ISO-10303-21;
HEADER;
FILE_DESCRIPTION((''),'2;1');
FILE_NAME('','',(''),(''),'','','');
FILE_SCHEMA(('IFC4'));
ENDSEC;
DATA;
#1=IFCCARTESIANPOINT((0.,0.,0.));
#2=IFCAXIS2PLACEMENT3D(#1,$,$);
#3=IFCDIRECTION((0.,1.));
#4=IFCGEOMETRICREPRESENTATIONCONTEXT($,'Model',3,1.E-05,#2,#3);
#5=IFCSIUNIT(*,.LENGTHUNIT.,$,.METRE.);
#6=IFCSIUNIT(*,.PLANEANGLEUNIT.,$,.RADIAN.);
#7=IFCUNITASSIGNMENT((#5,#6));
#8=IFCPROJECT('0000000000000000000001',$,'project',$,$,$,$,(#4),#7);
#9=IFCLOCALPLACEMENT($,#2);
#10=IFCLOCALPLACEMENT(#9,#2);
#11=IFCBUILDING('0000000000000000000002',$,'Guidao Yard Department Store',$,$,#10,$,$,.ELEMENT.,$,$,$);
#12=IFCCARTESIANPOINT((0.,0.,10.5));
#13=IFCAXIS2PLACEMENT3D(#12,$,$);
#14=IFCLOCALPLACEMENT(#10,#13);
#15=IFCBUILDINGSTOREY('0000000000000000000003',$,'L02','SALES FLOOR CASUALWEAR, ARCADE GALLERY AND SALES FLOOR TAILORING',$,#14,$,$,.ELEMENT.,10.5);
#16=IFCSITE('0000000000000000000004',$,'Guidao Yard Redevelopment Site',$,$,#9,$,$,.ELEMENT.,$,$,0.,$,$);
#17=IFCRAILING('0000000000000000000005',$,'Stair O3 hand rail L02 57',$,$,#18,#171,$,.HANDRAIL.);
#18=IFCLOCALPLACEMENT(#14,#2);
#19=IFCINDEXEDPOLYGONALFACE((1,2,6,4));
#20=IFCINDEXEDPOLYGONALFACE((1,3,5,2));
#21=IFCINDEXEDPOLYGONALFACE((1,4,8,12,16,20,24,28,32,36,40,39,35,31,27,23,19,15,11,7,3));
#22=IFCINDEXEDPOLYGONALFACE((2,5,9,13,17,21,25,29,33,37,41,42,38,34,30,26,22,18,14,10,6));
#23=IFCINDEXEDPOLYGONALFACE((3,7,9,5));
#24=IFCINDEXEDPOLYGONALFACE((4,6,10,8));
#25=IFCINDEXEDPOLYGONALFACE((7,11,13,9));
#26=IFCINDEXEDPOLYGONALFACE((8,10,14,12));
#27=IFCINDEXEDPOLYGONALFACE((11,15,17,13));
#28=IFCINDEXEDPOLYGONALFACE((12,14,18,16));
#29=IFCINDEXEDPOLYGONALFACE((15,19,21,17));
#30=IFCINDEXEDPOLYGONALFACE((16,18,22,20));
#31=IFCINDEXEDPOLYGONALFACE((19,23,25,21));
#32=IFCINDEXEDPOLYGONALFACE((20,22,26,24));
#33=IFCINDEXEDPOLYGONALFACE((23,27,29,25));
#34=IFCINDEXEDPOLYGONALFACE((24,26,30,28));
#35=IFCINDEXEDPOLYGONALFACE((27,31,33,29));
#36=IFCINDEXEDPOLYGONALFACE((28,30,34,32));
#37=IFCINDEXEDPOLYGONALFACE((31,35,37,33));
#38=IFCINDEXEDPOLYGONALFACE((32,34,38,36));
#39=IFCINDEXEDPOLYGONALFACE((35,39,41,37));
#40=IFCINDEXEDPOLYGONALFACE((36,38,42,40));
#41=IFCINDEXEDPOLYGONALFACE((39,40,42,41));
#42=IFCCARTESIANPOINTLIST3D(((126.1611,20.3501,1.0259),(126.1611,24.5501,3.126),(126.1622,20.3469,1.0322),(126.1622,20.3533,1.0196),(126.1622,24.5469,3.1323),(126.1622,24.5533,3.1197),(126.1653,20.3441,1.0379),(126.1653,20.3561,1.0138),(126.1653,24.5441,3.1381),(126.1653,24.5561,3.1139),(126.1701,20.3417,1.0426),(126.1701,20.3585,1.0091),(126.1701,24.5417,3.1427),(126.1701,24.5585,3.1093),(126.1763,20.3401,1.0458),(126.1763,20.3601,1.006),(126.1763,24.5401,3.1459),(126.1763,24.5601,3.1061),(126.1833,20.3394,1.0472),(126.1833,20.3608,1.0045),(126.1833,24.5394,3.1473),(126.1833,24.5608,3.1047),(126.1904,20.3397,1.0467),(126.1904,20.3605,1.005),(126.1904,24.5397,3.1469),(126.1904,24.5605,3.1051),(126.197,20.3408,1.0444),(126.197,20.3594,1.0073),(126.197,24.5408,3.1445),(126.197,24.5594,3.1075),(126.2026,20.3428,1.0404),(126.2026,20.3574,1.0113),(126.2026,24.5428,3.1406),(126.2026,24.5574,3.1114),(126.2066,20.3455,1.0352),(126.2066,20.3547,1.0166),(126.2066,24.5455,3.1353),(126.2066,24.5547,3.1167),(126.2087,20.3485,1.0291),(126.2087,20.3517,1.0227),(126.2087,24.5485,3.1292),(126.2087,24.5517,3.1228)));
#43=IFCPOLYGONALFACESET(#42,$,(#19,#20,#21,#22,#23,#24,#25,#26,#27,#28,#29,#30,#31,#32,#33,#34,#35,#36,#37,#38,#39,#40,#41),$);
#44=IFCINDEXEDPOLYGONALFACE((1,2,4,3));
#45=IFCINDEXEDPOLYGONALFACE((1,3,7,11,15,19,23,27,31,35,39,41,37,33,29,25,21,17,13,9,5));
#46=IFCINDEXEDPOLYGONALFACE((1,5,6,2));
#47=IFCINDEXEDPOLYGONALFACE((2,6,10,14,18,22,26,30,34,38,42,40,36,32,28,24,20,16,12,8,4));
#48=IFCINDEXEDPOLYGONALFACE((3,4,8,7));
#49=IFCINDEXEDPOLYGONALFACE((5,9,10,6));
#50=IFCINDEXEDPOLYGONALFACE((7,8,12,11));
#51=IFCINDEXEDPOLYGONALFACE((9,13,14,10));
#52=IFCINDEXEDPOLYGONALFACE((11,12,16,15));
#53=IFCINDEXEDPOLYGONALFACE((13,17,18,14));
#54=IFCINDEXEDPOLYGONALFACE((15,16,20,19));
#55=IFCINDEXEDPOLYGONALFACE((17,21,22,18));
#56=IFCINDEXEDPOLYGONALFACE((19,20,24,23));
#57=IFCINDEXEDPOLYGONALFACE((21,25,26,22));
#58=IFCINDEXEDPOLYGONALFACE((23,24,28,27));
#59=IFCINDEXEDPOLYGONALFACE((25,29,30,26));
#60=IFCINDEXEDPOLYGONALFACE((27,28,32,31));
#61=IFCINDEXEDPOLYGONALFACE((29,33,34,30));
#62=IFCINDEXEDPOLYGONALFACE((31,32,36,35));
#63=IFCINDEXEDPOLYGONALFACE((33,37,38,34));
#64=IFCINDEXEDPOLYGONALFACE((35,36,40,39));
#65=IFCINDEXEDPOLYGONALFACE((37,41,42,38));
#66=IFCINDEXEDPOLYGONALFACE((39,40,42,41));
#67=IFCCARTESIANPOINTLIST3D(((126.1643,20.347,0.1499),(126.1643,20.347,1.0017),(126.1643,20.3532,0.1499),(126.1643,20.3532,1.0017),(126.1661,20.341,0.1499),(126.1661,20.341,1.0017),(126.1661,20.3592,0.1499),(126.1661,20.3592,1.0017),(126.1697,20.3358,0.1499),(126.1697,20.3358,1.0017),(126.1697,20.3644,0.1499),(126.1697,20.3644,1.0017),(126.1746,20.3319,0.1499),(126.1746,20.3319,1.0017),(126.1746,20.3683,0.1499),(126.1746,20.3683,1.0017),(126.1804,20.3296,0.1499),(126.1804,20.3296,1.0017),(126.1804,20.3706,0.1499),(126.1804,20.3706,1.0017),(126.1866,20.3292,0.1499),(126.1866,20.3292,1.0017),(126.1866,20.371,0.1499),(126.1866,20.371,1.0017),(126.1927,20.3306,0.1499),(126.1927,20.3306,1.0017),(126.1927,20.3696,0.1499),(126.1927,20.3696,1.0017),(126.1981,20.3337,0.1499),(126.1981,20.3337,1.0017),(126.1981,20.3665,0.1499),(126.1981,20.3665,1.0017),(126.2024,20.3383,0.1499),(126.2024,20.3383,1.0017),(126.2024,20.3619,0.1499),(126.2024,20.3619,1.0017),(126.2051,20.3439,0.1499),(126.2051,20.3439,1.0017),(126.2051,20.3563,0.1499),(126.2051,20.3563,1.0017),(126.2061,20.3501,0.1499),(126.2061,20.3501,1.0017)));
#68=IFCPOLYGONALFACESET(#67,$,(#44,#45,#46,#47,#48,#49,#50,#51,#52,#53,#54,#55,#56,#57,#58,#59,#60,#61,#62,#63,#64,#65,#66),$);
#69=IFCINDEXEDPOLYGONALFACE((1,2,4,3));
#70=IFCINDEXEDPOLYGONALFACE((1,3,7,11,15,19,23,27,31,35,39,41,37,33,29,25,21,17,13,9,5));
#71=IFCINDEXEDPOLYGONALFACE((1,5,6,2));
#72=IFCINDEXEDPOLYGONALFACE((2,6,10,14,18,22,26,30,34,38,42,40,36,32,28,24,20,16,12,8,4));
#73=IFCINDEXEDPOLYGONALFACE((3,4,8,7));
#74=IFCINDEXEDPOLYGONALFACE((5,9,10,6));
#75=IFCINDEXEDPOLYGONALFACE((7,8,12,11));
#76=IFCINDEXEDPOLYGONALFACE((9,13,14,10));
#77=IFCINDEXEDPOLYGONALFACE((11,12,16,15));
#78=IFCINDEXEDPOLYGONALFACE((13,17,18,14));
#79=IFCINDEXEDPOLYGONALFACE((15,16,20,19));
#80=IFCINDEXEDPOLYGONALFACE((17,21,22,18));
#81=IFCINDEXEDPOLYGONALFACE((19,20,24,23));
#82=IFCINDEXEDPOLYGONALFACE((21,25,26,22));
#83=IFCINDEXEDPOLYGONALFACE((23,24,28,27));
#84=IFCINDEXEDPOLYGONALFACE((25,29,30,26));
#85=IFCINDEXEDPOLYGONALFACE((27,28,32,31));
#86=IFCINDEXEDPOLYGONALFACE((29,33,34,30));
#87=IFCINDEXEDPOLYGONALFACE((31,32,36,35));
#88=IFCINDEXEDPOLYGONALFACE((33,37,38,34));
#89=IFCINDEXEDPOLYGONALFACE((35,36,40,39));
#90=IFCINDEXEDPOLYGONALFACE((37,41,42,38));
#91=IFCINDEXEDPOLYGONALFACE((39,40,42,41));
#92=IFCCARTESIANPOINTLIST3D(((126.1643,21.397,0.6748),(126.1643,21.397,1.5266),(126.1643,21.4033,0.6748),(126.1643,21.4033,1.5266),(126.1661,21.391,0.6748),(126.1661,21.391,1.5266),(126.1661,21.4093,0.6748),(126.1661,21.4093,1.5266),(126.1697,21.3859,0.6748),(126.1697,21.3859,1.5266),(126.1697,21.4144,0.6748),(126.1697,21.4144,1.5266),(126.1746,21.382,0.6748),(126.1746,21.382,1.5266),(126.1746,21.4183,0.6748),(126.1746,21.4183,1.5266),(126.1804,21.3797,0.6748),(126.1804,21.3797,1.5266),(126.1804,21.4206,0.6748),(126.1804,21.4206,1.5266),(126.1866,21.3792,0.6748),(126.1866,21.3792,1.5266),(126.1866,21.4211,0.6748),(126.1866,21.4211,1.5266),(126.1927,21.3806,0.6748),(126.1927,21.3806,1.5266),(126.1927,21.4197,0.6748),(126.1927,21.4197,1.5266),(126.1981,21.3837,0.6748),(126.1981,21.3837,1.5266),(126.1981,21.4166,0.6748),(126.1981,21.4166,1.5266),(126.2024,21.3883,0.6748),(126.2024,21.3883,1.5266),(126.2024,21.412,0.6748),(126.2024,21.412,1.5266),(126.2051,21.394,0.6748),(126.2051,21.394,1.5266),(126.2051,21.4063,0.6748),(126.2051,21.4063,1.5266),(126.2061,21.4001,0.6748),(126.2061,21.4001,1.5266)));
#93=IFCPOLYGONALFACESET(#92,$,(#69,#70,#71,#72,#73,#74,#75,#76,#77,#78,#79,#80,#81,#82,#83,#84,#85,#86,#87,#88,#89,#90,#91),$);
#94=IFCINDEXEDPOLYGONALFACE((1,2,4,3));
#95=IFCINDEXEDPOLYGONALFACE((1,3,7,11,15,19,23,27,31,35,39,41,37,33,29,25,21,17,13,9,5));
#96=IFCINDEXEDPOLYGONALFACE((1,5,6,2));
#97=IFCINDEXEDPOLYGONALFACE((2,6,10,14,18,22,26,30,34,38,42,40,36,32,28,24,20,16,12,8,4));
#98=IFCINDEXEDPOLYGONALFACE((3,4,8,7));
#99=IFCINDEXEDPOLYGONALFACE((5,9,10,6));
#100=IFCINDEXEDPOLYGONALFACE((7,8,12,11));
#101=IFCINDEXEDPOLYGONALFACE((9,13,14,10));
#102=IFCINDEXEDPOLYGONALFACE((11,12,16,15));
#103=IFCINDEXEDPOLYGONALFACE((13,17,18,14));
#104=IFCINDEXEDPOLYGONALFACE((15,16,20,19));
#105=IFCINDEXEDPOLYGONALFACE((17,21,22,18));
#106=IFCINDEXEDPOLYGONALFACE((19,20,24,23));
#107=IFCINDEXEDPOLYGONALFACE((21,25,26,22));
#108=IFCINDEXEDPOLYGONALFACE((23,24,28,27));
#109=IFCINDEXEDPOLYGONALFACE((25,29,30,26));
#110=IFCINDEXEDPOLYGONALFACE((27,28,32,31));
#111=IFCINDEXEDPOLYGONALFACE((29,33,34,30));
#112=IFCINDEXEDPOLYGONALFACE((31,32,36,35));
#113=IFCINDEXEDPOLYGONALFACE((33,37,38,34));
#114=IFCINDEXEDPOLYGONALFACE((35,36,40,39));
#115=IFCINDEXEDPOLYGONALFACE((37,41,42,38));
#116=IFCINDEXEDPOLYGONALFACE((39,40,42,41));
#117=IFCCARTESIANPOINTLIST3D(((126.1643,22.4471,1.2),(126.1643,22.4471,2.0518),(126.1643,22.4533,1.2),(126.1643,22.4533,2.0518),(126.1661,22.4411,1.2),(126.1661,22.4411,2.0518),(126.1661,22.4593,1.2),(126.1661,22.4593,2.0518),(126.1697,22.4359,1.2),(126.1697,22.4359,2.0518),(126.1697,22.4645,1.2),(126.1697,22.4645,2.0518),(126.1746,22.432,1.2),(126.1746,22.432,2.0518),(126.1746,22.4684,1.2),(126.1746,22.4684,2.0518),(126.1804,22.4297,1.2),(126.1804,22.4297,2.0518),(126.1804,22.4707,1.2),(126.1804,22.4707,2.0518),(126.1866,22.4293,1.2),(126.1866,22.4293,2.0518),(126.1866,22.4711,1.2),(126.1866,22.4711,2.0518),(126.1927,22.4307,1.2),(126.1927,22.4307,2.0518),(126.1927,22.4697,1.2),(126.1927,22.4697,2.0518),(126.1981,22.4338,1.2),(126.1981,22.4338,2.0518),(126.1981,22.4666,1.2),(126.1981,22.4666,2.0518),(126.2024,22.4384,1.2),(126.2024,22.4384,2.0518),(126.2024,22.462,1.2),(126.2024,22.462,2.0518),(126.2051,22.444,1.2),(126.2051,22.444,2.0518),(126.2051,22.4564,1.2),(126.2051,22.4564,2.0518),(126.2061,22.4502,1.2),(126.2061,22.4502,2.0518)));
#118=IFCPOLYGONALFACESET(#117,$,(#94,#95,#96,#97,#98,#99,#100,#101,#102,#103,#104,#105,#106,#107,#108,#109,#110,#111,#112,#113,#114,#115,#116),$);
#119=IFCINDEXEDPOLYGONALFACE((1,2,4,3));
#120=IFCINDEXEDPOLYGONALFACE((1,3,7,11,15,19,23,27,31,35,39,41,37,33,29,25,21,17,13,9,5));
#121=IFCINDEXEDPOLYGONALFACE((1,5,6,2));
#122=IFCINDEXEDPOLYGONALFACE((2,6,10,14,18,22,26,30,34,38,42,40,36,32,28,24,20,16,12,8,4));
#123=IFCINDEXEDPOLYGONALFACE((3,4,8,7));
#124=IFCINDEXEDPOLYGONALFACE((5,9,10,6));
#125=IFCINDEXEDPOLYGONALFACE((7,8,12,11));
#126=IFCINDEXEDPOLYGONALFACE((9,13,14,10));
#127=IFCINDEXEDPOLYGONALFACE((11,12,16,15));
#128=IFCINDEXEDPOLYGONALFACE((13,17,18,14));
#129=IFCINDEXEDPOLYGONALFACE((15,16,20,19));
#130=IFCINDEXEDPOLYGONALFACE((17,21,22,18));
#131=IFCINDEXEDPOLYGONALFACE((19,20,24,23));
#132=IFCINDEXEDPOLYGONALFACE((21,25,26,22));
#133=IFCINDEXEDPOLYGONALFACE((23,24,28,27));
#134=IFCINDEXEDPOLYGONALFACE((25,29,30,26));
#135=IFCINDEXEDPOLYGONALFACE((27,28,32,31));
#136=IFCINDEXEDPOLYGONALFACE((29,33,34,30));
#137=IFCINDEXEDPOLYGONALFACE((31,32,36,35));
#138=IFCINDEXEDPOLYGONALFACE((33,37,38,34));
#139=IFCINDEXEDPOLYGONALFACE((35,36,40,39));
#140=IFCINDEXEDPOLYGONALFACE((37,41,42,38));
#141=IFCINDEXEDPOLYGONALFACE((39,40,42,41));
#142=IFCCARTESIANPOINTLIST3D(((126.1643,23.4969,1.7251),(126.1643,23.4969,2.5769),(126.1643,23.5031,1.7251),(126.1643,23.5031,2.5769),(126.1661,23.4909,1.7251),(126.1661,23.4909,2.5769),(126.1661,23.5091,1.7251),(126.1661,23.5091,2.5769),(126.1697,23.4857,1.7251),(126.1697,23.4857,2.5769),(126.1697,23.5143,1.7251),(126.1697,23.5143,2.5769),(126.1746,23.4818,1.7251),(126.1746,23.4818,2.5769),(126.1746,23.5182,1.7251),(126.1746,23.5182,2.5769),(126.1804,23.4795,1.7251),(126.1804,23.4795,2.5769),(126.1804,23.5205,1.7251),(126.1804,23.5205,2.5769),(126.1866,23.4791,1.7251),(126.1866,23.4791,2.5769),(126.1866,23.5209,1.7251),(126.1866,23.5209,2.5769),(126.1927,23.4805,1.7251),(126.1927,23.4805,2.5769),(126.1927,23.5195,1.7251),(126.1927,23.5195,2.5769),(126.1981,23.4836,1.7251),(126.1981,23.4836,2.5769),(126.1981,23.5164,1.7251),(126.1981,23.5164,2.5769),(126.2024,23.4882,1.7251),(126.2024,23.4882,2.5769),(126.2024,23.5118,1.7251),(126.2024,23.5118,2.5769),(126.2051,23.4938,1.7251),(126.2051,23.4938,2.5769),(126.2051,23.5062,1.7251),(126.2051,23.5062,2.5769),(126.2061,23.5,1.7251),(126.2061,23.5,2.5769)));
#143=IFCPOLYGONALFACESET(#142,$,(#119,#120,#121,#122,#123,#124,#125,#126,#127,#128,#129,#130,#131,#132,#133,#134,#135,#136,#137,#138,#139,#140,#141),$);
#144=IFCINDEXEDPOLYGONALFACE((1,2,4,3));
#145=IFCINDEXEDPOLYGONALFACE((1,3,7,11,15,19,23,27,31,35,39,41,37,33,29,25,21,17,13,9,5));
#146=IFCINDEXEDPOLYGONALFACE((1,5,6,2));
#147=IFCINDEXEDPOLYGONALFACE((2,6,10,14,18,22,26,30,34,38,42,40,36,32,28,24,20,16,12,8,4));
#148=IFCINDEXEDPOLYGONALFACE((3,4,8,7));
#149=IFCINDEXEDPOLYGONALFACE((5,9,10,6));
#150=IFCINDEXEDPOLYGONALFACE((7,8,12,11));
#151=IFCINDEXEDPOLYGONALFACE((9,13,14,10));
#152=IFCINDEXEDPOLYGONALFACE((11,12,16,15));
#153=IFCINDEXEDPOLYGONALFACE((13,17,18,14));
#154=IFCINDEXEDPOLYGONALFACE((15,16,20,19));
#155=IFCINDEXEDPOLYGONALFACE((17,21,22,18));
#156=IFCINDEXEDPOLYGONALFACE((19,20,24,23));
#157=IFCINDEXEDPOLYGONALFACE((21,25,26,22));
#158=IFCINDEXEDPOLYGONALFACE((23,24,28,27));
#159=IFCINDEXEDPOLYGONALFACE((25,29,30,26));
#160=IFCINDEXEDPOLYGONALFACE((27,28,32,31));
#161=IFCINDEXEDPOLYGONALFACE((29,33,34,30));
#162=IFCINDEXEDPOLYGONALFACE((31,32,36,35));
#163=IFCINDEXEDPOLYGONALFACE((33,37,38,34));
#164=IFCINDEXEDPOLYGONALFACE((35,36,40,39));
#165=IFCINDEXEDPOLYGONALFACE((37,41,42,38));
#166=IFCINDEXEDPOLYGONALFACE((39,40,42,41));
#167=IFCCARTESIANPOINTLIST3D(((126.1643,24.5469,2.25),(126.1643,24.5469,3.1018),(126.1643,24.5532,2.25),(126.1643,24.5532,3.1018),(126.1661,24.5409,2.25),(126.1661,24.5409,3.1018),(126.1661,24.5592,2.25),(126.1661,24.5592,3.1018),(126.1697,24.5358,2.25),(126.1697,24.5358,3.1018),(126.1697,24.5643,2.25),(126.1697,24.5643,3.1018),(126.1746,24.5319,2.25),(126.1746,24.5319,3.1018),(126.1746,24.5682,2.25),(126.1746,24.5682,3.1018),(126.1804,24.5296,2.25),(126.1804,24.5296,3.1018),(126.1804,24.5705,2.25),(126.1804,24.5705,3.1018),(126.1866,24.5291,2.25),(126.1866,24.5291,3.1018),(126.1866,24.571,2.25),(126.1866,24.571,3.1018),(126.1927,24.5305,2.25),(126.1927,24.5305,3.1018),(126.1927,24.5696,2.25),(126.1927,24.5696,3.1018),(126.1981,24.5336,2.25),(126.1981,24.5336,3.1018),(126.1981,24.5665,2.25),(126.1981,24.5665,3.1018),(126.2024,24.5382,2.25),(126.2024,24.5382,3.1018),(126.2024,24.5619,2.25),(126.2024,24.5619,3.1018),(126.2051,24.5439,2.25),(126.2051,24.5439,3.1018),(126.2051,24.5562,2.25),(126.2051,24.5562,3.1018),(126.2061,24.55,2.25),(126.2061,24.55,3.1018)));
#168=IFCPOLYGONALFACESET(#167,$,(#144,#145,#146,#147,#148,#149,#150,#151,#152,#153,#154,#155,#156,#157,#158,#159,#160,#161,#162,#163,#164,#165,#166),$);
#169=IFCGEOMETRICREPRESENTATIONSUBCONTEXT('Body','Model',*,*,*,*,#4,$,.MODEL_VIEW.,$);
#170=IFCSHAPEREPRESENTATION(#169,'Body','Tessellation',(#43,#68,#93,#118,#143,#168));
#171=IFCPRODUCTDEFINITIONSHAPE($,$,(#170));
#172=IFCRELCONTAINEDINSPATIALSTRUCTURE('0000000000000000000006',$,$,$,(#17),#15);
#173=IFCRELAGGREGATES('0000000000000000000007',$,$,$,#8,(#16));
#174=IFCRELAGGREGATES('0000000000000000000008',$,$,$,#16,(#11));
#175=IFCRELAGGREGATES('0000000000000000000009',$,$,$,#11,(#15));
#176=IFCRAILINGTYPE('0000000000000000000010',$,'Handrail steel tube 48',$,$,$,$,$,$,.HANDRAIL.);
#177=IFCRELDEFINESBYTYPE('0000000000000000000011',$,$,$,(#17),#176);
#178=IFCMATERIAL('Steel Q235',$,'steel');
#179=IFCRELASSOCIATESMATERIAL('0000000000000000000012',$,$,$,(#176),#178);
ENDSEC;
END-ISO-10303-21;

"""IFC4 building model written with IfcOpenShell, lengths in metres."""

from ifc_helpers import new_model, si_unit, direction, frame, origin, origin_2d, place, context, subcontext, project, spatial, circle, extrude, material, type_object, element, save


model = new_model("IFC4")

# Units and contexts
model_context = context("Model", 3, precision=1e-05, world=origin(), true_north=direction((0.0, 1.0)))
body_context = subcontext(model_context, "Body", "Model", "MODEL_VIEW")
ifc_project = project(units=[si_unit("LENGTHUNIT", "METRE"), si_unit("PLANEANGLEUNIT", "RADIAN")], contexts=[model_context])

# Site, building, storey
site_placement = place(None, origin())
site = spatial("IfcSite", under=ifc_project, at=site_placement, Name="Guidao Yard Redevelopment Site", CompositionType="ELEMENT", RefElevation=0.0)
building_placement = place(site_placement, origin())
building = spatial("IfcBuilding", under=site, at=building_placement, Name="Guidao Yard Department Store", CompositionType="ELEMENT")
storey_placement = place(building_placement, frame((0.0, 0.0, 10.5)))
storey = spatial("IfcBuildingStorey", under=building, at=storey_placement, Name="L02", Description="SALES FLOOR CASUALWEAR, ARCADE GALLERY AND SALES FLOOR TAILORING", CompositionType="ELEMENT", Elevation=10.5)

# Railing
ifc_material_1 = material(Name="Steel Q235", Category="steel")
railing_type = type_object("IfcRailingType", Name="Handrail steel tube 48", PredefinedType="HANDRAIL", material=ifc_material_1)
railing_placement = place(storey_placement, frame((126.1851, 20.3501, 0.1499)))
element("IfcRailing", 1, at=railing_placement, inside=storey, type_object=railing_type, Name="Stair O3 hand rail L02 57", PredefinedType="HANDRAIL", context=body_context, shape_type="SweptSolid", body=[
    extrude(circle(Radius=0.0239, at=origin_2d()), frame((0.0, 0.0, 0.876), z_axis=(0.0, 0.894417, 0.447234), x_axis=(-1.0, 0.0, 0.0)), (0.0, 0.0, 1.0), 4.6958),
    extrude(circle(Radius=0.021, at=origin_2d()), origin(), (0.0, 0.0, 1.0), 0.8518),
    extrude(circle(Radius=0.021, at=origin_2d()), frame((0.0, 1.05, 0.5249)), (0.0, 0.0, 1.0), 0.8518),
    extrude(circle(Radius=0.021, at=origin_2d()), frame((0.0, 2.1001, 1.05)), (0.0, 0.0, 1.0), 0.8518),
    extrude(circle(Radius=0.021, at=origin_2d()), frame((0.0, 3.1499, 1.5752)), (0.0, 0.0, 1.0), 0.8518),
    extrude(circle(Radius=0.021, at=origin_2d()), frame((0.0, 4.2, 2.1001)), (0.0, 0.0, 1.0), 0.8518),
])

save(model, "model.ifc")
